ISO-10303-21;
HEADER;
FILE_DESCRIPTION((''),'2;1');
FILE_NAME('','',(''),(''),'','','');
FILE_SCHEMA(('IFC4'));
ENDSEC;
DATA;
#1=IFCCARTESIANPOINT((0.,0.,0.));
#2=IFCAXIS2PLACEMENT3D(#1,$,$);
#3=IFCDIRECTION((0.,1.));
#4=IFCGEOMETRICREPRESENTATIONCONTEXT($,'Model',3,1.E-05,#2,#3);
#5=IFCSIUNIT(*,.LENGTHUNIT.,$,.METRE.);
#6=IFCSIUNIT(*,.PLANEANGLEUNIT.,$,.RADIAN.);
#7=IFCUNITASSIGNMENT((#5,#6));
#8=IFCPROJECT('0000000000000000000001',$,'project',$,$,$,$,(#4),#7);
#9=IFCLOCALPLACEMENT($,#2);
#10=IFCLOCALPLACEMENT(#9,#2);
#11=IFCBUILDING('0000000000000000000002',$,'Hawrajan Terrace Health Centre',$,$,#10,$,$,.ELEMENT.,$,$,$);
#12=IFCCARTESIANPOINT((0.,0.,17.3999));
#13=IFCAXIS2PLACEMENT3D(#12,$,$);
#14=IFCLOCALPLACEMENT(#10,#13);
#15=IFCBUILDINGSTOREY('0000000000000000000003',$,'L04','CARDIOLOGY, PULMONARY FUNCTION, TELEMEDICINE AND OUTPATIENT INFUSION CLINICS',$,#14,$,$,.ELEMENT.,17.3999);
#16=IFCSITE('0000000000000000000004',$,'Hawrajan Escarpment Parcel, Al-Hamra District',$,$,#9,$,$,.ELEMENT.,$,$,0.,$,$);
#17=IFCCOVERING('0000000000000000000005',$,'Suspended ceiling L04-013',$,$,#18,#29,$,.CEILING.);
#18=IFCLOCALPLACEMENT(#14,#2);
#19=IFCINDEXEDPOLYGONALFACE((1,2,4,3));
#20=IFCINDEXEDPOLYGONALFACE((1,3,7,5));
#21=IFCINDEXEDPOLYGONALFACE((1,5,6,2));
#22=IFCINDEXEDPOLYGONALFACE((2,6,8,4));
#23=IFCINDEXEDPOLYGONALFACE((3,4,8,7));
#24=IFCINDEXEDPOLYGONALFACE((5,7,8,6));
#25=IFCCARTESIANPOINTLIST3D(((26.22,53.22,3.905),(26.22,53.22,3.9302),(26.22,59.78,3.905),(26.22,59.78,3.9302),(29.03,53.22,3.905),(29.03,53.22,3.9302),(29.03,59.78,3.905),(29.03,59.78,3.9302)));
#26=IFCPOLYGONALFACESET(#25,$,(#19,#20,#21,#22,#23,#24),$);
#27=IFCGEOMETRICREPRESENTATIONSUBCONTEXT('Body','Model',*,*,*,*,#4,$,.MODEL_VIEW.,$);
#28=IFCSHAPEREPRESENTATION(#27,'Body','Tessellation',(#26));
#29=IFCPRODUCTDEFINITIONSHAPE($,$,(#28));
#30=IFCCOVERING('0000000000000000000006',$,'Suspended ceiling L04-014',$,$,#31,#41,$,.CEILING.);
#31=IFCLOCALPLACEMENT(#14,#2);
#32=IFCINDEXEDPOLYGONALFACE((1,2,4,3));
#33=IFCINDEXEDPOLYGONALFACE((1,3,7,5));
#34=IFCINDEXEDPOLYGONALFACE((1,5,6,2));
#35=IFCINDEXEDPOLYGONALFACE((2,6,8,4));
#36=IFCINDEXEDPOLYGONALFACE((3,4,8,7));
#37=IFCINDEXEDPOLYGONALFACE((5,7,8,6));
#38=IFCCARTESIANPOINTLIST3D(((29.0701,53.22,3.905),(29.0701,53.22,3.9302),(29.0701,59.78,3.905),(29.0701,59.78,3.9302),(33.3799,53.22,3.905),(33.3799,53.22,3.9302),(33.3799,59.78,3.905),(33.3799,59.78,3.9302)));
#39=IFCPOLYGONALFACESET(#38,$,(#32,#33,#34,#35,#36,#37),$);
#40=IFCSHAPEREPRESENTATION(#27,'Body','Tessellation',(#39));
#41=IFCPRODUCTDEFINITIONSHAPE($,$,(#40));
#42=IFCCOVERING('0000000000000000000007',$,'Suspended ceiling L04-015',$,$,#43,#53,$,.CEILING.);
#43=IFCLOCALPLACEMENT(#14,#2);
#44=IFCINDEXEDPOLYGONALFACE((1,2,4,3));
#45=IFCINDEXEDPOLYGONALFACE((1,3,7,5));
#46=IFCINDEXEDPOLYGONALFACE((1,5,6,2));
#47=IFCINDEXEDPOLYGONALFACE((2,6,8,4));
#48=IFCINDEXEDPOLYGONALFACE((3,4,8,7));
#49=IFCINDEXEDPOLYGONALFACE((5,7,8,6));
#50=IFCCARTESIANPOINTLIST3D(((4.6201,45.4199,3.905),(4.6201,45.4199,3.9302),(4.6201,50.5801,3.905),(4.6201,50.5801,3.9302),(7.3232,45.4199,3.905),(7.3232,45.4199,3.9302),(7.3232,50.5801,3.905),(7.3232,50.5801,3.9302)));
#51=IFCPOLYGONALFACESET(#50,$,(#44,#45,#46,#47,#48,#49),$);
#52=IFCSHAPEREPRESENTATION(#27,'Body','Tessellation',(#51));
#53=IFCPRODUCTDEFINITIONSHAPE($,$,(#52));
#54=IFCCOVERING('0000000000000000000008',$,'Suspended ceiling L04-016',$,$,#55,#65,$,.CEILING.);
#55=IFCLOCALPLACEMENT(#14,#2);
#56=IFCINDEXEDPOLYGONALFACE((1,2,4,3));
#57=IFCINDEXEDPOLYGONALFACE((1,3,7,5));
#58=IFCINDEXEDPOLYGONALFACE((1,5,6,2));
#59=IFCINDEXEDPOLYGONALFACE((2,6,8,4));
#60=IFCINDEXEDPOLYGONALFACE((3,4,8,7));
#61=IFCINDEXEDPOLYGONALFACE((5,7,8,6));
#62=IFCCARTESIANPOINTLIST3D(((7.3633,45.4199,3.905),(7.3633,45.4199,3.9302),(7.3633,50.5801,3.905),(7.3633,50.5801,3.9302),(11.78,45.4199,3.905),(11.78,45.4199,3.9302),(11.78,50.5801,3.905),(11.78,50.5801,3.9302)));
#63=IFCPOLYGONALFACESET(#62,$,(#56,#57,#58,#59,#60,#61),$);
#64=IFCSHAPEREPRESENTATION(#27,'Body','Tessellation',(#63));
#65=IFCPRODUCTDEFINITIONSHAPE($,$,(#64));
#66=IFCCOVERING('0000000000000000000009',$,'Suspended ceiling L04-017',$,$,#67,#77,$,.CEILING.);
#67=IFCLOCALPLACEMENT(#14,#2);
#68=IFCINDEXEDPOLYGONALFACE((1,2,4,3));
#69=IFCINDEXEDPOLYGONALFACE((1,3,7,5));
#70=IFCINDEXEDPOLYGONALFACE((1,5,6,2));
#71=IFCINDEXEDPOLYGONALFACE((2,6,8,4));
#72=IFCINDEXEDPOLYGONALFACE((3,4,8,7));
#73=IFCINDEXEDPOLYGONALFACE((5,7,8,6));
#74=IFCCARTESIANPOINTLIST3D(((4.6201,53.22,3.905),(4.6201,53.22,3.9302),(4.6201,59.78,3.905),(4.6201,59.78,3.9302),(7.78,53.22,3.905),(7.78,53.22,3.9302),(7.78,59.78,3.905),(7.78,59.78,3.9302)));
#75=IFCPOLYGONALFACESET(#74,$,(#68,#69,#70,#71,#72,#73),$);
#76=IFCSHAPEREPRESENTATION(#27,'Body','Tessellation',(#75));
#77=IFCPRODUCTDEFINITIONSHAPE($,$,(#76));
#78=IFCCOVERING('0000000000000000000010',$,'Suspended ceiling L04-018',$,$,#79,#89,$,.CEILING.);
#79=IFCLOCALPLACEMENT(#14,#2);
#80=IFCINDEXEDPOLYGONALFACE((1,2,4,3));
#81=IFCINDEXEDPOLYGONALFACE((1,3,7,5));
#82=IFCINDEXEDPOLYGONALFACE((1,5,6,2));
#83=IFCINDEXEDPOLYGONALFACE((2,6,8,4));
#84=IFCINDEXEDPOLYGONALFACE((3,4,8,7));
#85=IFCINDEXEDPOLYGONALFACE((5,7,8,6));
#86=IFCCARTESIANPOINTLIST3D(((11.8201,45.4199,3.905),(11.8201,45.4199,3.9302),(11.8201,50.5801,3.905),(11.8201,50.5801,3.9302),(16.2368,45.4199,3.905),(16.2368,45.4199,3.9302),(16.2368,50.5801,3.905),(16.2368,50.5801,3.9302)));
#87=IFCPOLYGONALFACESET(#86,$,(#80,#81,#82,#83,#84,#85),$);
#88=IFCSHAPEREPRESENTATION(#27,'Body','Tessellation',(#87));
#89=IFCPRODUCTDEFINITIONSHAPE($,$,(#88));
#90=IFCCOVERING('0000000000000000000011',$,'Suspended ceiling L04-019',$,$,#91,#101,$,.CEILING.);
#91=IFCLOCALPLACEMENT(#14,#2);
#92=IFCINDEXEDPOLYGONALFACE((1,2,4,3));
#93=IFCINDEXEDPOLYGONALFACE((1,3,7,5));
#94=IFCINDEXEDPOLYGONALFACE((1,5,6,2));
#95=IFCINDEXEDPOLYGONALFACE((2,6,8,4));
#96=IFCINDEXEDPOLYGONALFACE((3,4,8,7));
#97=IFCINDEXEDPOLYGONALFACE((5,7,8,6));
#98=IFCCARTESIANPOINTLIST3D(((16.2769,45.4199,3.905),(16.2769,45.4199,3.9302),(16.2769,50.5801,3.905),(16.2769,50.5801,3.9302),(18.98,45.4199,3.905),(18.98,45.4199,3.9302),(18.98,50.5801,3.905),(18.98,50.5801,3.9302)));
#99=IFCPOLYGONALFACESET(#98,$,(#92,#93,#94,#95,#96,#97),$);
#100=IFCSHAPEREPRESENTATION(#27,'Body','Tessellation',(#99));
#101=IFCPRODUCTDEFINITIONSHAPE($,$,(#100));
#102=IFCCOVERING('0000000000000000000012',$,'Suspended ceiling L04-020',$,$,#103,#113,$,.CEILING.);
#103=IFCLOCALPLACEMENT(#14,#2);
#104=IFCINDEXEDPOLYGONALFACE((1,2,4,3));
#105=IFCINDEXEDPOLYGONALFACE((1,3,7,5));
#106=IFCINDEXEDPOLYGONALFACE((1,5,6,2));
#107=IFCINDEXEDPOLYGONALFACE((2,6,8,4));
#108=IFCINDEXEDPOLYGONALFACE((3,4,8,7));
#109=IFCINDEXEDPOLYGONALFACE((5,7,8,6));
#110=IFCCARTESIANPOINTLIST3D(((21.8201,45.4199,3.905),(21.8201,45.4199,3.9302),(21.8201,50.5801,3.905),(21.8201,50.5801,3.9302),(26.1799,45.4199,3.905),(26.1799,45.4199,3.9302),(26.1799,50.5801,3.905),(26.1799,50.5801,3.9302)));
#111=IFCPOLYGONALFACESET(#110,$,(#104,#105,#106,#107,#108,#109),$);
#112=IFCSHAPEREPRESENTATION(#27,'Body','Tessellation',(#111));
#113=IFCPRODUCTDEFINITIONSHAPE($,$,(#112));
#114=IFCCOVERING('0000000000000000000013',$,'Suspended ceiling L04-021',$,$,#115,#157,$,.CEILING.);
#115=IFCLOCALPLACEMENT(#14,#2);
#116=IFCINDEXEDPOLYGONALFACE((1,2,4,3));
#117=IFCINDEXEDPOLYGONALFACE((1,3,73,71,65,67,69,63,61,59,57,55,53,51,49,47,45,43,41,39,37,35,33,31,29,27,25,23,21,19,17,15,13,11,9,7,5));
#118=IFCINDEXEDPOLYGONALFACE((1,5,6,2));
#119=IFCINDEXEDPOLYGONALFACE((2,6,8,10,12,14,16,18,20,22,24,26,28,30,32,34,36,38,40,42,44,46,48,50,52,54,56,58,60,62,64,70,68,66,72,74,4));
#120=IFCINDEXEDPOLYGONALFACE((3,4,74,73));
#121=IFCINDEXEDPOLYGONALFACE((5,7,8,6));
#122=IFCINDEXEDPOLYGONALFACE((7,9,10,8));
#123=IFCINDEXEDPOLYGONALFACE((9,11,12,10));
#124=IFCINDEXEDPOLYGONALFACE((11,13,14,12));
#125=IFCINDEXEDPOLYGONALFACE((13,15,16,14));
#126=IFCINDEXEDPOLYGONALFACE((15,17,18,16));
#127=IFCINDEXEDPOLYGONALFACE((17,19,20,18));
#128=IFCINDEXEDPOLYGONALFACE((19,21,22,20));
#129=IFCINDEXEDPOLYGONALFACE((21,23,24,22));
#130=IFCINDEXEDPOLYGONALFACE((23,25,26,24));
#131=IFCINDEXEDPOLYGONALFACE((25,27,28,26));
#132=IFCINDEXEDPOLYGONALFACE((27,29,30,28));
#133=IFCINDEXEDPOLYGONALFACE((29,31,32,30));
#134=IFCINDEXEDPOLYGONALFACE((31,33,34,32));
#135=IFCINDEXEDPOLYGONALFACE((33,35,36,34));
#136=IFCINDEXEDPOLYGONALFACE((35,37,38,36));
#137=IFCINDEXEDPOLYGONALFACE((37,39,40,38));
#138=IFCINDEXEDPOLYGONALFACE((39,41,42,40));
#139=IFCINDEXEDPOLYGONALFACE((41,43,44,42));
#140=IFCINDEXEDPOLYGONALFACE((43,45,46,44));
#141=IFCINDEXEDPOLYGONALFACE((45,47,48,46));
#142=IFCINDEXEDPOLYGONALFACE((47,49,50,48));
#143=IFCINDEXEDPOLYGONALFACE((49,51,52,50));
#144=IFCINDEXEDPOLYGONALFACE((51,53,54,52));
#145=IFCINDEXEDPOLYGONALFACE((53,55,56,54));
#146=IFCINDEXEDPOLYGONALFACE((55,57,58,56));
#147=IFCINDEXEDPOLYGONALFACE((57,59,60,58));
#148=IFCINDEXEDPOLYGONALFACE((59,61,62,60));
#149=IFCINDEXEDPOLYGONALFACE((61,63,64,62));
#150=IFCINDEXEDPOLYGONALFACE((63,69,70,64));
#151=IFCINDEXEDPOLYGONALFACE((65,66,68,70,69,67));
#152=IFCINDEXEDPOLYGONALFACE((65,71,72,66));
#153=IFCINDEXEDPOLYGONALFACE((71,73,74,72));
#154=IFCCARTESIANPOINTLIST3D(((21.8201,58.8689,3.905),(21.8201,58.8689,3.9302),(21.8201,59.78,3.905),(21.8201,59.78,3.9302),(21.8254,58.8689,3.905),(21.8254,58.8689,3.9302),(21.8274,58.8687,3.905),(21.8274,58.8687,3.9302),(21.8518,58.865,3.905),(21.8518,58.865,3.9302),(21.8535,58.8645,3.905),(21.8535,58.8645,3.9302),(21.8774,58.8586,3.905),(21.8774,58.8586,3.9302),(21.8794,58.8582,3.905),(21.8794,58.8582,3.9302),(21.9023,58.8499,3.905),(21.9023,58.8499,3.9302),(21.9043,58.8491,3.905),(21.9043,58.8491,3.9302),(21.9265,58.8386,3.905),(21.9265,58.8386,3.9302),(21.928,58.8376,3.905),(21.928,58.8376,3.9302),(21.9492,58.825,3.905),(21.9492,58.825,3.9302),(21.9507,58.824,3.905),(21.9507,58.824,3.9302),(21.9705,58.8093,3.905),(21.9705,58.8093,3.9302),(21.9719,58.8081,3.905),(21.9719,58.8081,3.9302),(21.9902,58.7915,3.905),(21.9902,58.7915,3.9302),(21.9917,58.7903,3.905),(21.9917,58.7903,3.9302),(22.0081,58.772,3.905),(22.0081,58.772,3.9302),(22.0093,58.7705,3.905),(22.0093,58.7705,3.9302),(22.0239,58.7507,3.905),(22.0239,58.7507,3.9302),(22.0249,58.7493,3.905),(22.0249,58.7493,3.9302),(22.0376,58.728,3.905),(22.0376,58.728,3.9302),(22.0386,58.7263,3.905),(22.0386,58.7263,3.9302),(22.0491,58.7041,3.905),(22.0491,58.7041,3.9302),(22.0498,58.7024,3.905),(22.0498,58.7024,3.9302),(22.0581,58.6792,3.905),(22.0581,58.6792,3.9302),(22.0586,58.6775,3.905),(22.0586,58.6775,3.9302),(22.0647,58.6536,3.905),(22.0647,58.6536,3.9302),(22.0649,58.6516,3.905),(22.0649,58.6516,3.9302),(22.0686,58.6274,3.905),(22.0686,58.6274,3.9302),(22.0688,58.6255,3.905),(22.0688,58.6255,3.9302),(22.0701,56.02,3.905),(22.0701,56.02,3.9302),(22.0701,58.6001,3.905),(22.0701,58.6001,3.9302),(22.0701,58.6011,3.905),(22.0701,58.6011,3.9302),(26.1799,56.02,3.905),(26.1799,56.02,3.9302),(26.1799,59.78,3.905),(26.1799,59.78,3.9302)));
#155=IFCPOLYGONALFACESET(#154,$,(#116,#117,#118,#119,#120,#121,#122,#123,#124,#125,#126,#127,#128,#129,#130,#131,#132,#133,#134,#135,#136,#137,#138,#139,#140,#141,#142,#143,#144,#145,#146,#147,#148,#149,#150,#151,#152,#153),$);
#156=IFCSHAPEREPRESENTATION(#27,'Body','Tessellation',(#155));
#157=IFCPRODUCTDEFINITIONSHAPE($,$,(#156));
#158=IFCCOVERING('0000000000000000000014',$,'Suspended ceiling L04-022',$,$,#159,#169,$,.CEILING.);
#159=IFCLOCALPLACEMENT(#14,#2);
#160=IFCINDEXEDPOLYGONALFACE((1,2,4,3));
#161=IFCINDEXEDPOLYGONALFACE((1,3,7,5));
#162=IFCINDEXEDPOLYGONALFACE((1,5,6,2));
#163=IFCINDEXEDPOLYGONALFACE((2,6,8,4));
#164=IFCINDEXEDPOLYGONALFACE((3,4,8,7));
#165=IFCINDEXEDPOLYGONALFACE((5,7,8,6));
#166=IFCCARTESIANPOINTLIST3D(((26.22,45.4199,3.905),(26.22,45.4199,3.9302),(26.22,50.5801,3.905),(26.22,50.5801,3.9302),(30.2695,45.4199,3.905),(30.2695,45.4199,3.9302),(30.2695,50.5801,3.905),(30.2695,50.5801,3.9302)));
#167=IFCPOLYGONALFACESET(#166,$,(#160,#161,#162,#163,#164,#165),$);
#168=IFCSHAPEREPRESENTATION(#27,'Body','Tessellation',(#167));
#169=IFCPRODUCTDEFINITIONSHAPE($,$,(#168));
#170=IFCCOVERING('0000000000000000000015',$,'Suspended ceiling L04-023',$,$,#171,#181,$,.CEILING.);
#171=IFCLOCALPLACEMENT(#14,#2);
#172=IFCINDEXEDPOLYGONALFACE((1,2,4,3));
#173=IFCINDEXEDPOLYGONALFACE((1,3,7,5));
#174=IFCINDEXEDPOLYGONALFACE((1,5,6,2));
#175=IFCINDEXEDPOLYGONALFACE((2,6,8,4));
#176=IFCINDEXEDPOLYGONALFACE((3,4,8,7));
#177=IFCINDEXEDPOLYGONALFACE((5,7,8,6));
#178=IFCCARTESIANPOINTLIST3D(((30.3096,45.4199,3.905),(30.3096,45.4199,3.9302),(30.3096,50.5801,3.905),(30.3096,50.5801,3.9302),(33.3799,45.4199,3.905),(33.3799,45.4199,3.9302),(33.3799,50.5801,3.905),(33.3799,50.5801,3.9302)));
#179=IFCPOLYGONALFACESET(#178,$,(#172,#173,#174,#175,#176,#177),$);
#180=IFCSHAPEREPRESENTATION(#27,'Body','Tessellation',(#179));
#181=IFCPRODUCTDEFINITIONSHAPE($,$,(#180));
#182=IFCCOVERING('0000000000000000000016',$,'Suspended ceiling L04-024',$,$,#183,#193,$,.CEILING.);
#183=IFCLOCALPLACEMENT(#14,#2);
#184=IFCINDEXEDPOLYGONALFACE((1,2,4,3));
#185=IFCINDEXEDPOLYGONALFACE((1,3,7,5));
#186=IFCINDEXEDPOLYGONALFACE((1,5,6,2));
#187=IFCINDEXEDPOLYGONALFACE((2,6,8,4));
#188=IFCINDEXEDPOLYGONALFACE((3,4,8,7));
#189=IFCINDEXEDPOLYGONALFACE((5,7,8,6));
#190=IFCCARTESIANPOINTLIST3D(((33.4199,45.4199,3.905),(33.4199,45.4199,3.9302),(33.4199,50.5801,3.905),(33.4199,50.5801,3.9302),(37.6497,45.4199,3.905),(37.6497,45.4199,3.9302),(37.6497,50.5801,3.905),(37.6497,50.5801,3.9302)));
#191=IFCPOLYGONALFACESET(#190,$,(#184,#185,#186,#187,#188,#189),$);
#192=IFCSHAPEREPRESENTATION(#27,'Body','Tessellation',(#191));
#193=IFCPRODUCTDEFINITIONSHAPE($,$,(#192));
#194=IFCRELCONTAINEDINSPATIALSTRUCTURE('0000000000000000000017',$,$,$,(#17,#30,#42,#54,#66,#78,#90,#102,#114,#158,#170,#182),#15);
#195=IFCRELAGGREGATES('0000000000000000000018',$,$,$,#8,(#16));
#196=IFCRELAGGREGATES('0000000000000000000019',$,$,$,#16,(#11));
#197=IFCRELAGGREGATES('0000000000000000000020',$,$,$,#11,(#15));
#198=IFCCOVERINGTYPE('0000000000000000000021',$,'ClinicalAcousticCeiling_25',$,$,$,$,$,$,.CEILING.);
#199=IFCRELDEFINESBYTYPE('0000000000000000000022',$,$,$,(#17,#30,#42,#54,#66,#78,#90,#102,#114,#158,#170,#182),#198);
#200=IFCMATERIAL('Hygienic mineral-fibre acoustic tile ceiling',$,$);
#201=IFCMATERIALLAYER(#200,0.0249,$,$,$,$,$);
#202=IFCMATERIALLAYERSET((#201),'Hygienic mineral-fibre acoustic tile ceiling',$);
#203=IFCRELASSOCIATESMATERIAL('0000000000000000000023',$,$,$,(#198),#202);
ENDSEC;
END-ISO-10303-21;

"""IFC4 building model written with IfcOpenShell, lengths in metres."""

from ifc_helpers import new_model, si_unit, direction, frame, origin, place, context, subcontext, project, spatial, polyline, outline, extrude, material, layer, layer_set, type_object, element, save


model = new_model("IFC4")

# Units and contexts
model_context = context("Model", 3, precision=1e-05, world=origin(), true_north=direction((0.0, 1.0)))
body_context = subcontext(model_context, "Body", "Model", "MODEL_VIEW")
ifc_project = project(units=[si_unit("LENGTHUNIT", "METRE"), si_unit("PLANEANGLEUNIT", "RADIAN")], contexts=[model_context])

# Site, building, storey
site_placement = place(None, origin())
site = spatial("IfcSite", under=ifc_project, at=site_placement, Name="Hawrajan Escarpment Parcel, Al-Hamra District", CompositionType="ELEMENT", RefElevation=0.0)
building_placement = place(site_placement, origin())
building = spatial("IfcBuilding", under=site, at=building_placement, Name="Hawrajan Terrace Health Centre", CompositionType="ELEMENT")
storey_placement = place(building_placement, frame((0.0, 0.0, 17.3999)))
storey = spatial("IfcBuildingStorey", under=building, at=storey_placement, Name="L04", Description="CARDIOLOGY, PULMONARY FUNCTION, TELEMEDICINE AND OUTPATIENT INFUSION CLINICS", CompositionType="ELEMENT", Elevation=17.3999)

# Coverings
ifc_material_1 = material(Name="Hygienic mineral-fibre acoustic tile ceiling")
ifc_layer_1 = layer(ifc_material_1, 0.0249)
ifc_layer_set_1 = layer_set([ifc_layer_1], Name="Hygienic mineral-fibre acoustic tile ceiling")
covering_type_1 = type_object("IfcCoveringType", Name="ClinicalAcousticCeiling_25", PredefinedType="CEILING", material=ifc_layer_set_1)
covering_1_placement = place(storey_placement, frame((0.0, 0.0, 3.905)))
element("IfcCovering", 1, at=covering_1_placement, inside=storey, type_object=covering_type_1, Name="Suspended ceiling L04-013", PredefinedType="CEILING", context=body_context, shape_type="SweptSolid", body=[
    extrude(outline(polyline([(26.22, 59.78), (29.03, 59.78), (29.03, 53.22), (26.22, 53.22), (26.22, 59.78)])), origin(), (0.0, 0.0, 1.0), 0.0251),
])
covering_2_placement = place(storey_placement, frame((0.0, 0.0, 3.905)))
element("IfcCovering", 2, at=covering_2_placement, inside=storey, type_object=covering_type_1, Name="Suspended ceiling L04-014", PredefinedType="CEILING", context=body_context, shape_type="SweptSolid", body=[
    extrude(outline(polyline([(29.0701, 59.78), (33.3799, 59.78), (33.3799, 53.22), (29.0701, 53.22), (29.0701, 59.78)])), origin(), (0.0, 0.0, 1.0), 0.0251),
])
covering_3_placement = place(storey_placement, frame((0.0, 0.0, 3.905)))
element("IfcCovering", 3, at=covering_3_placement, inside=storey, type_object=covering_type_1, Name="Suspended ceiling L04-015", PredefinedType="CEILING", context=body_context, shape_type="SweptSolid", body=[
    extrude(outline(polyline([(4.6201, 50.5801), (7.3232, 50.5801), (7.3232, 45.4199), (4.6201, 45.4199), (4.6201, 50.5801)])), origin(), (0.0, 0.0, 1.0), 0.0251),
])
covering_4_placement = place(storey_placement, frame((0.0, 0.0, 3.905)))
element("IfcCovering", 4, at=covering_4_placement, inside=storey, type_object=covering_type_1, Name="Suspended ceiling L04-016", PredefinedType="CEILING", context=body_context, shape_type="SweptSolid", body=[
    extrude(outline(polyline([(7.3633, 50.5801), (11.78, 50.5801), (11.78, 45.4199), (7.3633, 45.4199), (7.3633, 50.5801)])), origin(), (0.0, 0.0, 1.0), 0.0251),
])
covering_5_placement = place(storey_placement, frame((0.0, 0.0, 3.905)))
element("IfcCovering", 5, at=covering_5_placement, inside=storey, type_object=covering_type_1, Name="Suspended ceiling L04-017", PredefinedType="CEILING", context=body_context, shape_type="SweptSolid", body=[
    extrude(outline(polyline([(4.6201, 59.78), (7.78, 59.78), (7.78, 53.22), (4.6201, 53.22), (4.6201, 59.78)])), origin(), (0.0, 0.0, 1.0), 0.0251),
])
covering_6_placement = place(storey_placement, frame((0.0, 0.0, 3.905)))
element("IfcCovering", 6, at=covering_6_placement, inside=storey, type_object=covering_type_1, Name="Suspended ceiling L04-018", PredefinedType="CEILING", context=body_context, shape_type="SweptSolid", body=[
    extrude(outline(polyline([(11.8201, 50.5801), (16.2368, 50.5801), (16.2368, 45.4199), (11.8201, 45.4199), (11.8201, 50.5801)])), origin(), (0.0, 0.0, 1.0), 0.0251),
])
covering_7_placement = place(storey_placement, frame((0.0, 0.0, 3.905)))
element("IfcCovering", 7, at=covering_7_placement, inside=storey, type_object=covering_type_1, Name="Suspended ceiling L04-019", PredefinedType="CEILING", context=body_context, shape_type="SweptSolid", body=[
    extrude(outline(polyline([(16.2769, 50.5801), (18.98, 50.5801), (18.98, 45.4199), (16.2769, 45.4199), (16.2769, 50.5801)])), origin(), (0.0, 0.0, 1.0), 0.0251),
])
covering_8_placement = place(storey_placement, frame((0.0, 0.0, 3.905)))
element("IfcCovering", 8, at=covering_8_placement, inside=storey, type_object=covering_type_1, Name="Suspended ceiling L04-020", PredefinedType="CEILING", context=body_context, shape_type="SweptSolid", body=[
    extrude(outline(polyline([(21.8201, 50.5801), (26.1799, 50.5801), (26.1799, 45.4199), (21.8201, 45.4199), (21.8201, 50.5801)])), origin(), (0.0, 0.0, 1.0), 0.0251),
])
covering_9_placement = place(storey_placement, frame((0.0, 0.0, 3.905)))
element("IfcCovering", 9, at=covering_9_placement, inside=storey, type_object=covering_type_1, Name="Suspended ceiling L04-021", PredefinedType="CEILING", context=body_context, shape_type="SweptSolid", body=[
    extrude(outline(polyline([(21.8201, 59.78), (26.1799, 59.78), (26.1799, 56.02), (22.0701, 56.02), (22.0701, 58.6001), (22.0701, 58.6011), (22.0688, 58.6255), (22.0686, 58.6274), (22.0649, 58.6516), (22.0647, 58.6536), (22.0586, 58.6775), (22.0581, 58.6792), (22.0498, 58.7024), (22.0491, 58.7041), (22.0386, 58.7263), (22.0376, 58.728), (22.0249, 58.7493), (22.0239, 58.7507), (22.0093, 58.7705), (22.0081, 58.772), (21.9917, 58.7903), (21.9902, 58.7915), (21.9719, 58.8081), (21.9705, 58.8093), (21.9507, 58.824), (21.9492, 58.825), (21.928, 58.8376), (21.9265, 58.8386), (21.9043, 58.8491), (21.9023, 58.8499), (21.8794, 58.8582), (21.8774, 58.8586), (21.8535, 58.8645), (21.8518, 58.865), (21.8274, 58.8687), (21.8254, 58.8689), (21.8201, 58.8689), (21.8201, 59.78)])), origin(), (0.0, 0.0, 1.0), 0.0251),
])
covering_10_placement = place(storey_placement, frame((0.0, 0.0, 3.905)))
element("IfcCovering", 10, at=covering_10_placement, inside=storey, type_object=covering_type_1, Name="Suspended ceiling L04-022", PredefinedType="CEILING", context=body_context, shape_type="SweptSolid", body=[
    extrude(outline(polyline([(26.22, 50.5801), (30.2695, 50.5801), (30.2695, 45.4199), (26.22, 45.4199), (26.22, 50.5801)])), origin(), (0.0, 0.0, 1.0), 0.0251),
])
covering_11_placement = place(storey_placement, frame((0.0, 0.0, 3.905)))
element("IfcCovering", 11, at=covering_11_placement, inside=storey, type_object=covering_type_1, Name="Suspended ceiling L04-023", PredefinedType="CEILING", context=body_context, shape_type="SweptSolid", body=[
    extrude(outline(polyline([(30.3096, 50.5801), (33.3799, 50.5801), (33.3799, 45.4199), (30.3096, 45.4199), (30.3096, 50.5801)])), origin(), (0.0, 0.0, 1.0), 0.0251),
])
covering_12_placement = place(storey_placement, frame((0.0, 0.0, 3.905)))
element("IfcCovering", 12, at=covering_12_placement, inside=storey, type_object=covering_type_1, Name="Suspended ceiling L04-024", PredefinedType="CEILING", context=body_context, shape_type="SweptSolid", body=[
    extrude(outline(polyline([(33.4199, 50.5801), (37.6497, 50.5801), (37.6497, 45.4199), (33.4199, 45.4199), (33.4199, 50.5801)])), origin(), (0.0, 0.0, 1.0), 0.0251),
])

save(model, "model.ifc")
